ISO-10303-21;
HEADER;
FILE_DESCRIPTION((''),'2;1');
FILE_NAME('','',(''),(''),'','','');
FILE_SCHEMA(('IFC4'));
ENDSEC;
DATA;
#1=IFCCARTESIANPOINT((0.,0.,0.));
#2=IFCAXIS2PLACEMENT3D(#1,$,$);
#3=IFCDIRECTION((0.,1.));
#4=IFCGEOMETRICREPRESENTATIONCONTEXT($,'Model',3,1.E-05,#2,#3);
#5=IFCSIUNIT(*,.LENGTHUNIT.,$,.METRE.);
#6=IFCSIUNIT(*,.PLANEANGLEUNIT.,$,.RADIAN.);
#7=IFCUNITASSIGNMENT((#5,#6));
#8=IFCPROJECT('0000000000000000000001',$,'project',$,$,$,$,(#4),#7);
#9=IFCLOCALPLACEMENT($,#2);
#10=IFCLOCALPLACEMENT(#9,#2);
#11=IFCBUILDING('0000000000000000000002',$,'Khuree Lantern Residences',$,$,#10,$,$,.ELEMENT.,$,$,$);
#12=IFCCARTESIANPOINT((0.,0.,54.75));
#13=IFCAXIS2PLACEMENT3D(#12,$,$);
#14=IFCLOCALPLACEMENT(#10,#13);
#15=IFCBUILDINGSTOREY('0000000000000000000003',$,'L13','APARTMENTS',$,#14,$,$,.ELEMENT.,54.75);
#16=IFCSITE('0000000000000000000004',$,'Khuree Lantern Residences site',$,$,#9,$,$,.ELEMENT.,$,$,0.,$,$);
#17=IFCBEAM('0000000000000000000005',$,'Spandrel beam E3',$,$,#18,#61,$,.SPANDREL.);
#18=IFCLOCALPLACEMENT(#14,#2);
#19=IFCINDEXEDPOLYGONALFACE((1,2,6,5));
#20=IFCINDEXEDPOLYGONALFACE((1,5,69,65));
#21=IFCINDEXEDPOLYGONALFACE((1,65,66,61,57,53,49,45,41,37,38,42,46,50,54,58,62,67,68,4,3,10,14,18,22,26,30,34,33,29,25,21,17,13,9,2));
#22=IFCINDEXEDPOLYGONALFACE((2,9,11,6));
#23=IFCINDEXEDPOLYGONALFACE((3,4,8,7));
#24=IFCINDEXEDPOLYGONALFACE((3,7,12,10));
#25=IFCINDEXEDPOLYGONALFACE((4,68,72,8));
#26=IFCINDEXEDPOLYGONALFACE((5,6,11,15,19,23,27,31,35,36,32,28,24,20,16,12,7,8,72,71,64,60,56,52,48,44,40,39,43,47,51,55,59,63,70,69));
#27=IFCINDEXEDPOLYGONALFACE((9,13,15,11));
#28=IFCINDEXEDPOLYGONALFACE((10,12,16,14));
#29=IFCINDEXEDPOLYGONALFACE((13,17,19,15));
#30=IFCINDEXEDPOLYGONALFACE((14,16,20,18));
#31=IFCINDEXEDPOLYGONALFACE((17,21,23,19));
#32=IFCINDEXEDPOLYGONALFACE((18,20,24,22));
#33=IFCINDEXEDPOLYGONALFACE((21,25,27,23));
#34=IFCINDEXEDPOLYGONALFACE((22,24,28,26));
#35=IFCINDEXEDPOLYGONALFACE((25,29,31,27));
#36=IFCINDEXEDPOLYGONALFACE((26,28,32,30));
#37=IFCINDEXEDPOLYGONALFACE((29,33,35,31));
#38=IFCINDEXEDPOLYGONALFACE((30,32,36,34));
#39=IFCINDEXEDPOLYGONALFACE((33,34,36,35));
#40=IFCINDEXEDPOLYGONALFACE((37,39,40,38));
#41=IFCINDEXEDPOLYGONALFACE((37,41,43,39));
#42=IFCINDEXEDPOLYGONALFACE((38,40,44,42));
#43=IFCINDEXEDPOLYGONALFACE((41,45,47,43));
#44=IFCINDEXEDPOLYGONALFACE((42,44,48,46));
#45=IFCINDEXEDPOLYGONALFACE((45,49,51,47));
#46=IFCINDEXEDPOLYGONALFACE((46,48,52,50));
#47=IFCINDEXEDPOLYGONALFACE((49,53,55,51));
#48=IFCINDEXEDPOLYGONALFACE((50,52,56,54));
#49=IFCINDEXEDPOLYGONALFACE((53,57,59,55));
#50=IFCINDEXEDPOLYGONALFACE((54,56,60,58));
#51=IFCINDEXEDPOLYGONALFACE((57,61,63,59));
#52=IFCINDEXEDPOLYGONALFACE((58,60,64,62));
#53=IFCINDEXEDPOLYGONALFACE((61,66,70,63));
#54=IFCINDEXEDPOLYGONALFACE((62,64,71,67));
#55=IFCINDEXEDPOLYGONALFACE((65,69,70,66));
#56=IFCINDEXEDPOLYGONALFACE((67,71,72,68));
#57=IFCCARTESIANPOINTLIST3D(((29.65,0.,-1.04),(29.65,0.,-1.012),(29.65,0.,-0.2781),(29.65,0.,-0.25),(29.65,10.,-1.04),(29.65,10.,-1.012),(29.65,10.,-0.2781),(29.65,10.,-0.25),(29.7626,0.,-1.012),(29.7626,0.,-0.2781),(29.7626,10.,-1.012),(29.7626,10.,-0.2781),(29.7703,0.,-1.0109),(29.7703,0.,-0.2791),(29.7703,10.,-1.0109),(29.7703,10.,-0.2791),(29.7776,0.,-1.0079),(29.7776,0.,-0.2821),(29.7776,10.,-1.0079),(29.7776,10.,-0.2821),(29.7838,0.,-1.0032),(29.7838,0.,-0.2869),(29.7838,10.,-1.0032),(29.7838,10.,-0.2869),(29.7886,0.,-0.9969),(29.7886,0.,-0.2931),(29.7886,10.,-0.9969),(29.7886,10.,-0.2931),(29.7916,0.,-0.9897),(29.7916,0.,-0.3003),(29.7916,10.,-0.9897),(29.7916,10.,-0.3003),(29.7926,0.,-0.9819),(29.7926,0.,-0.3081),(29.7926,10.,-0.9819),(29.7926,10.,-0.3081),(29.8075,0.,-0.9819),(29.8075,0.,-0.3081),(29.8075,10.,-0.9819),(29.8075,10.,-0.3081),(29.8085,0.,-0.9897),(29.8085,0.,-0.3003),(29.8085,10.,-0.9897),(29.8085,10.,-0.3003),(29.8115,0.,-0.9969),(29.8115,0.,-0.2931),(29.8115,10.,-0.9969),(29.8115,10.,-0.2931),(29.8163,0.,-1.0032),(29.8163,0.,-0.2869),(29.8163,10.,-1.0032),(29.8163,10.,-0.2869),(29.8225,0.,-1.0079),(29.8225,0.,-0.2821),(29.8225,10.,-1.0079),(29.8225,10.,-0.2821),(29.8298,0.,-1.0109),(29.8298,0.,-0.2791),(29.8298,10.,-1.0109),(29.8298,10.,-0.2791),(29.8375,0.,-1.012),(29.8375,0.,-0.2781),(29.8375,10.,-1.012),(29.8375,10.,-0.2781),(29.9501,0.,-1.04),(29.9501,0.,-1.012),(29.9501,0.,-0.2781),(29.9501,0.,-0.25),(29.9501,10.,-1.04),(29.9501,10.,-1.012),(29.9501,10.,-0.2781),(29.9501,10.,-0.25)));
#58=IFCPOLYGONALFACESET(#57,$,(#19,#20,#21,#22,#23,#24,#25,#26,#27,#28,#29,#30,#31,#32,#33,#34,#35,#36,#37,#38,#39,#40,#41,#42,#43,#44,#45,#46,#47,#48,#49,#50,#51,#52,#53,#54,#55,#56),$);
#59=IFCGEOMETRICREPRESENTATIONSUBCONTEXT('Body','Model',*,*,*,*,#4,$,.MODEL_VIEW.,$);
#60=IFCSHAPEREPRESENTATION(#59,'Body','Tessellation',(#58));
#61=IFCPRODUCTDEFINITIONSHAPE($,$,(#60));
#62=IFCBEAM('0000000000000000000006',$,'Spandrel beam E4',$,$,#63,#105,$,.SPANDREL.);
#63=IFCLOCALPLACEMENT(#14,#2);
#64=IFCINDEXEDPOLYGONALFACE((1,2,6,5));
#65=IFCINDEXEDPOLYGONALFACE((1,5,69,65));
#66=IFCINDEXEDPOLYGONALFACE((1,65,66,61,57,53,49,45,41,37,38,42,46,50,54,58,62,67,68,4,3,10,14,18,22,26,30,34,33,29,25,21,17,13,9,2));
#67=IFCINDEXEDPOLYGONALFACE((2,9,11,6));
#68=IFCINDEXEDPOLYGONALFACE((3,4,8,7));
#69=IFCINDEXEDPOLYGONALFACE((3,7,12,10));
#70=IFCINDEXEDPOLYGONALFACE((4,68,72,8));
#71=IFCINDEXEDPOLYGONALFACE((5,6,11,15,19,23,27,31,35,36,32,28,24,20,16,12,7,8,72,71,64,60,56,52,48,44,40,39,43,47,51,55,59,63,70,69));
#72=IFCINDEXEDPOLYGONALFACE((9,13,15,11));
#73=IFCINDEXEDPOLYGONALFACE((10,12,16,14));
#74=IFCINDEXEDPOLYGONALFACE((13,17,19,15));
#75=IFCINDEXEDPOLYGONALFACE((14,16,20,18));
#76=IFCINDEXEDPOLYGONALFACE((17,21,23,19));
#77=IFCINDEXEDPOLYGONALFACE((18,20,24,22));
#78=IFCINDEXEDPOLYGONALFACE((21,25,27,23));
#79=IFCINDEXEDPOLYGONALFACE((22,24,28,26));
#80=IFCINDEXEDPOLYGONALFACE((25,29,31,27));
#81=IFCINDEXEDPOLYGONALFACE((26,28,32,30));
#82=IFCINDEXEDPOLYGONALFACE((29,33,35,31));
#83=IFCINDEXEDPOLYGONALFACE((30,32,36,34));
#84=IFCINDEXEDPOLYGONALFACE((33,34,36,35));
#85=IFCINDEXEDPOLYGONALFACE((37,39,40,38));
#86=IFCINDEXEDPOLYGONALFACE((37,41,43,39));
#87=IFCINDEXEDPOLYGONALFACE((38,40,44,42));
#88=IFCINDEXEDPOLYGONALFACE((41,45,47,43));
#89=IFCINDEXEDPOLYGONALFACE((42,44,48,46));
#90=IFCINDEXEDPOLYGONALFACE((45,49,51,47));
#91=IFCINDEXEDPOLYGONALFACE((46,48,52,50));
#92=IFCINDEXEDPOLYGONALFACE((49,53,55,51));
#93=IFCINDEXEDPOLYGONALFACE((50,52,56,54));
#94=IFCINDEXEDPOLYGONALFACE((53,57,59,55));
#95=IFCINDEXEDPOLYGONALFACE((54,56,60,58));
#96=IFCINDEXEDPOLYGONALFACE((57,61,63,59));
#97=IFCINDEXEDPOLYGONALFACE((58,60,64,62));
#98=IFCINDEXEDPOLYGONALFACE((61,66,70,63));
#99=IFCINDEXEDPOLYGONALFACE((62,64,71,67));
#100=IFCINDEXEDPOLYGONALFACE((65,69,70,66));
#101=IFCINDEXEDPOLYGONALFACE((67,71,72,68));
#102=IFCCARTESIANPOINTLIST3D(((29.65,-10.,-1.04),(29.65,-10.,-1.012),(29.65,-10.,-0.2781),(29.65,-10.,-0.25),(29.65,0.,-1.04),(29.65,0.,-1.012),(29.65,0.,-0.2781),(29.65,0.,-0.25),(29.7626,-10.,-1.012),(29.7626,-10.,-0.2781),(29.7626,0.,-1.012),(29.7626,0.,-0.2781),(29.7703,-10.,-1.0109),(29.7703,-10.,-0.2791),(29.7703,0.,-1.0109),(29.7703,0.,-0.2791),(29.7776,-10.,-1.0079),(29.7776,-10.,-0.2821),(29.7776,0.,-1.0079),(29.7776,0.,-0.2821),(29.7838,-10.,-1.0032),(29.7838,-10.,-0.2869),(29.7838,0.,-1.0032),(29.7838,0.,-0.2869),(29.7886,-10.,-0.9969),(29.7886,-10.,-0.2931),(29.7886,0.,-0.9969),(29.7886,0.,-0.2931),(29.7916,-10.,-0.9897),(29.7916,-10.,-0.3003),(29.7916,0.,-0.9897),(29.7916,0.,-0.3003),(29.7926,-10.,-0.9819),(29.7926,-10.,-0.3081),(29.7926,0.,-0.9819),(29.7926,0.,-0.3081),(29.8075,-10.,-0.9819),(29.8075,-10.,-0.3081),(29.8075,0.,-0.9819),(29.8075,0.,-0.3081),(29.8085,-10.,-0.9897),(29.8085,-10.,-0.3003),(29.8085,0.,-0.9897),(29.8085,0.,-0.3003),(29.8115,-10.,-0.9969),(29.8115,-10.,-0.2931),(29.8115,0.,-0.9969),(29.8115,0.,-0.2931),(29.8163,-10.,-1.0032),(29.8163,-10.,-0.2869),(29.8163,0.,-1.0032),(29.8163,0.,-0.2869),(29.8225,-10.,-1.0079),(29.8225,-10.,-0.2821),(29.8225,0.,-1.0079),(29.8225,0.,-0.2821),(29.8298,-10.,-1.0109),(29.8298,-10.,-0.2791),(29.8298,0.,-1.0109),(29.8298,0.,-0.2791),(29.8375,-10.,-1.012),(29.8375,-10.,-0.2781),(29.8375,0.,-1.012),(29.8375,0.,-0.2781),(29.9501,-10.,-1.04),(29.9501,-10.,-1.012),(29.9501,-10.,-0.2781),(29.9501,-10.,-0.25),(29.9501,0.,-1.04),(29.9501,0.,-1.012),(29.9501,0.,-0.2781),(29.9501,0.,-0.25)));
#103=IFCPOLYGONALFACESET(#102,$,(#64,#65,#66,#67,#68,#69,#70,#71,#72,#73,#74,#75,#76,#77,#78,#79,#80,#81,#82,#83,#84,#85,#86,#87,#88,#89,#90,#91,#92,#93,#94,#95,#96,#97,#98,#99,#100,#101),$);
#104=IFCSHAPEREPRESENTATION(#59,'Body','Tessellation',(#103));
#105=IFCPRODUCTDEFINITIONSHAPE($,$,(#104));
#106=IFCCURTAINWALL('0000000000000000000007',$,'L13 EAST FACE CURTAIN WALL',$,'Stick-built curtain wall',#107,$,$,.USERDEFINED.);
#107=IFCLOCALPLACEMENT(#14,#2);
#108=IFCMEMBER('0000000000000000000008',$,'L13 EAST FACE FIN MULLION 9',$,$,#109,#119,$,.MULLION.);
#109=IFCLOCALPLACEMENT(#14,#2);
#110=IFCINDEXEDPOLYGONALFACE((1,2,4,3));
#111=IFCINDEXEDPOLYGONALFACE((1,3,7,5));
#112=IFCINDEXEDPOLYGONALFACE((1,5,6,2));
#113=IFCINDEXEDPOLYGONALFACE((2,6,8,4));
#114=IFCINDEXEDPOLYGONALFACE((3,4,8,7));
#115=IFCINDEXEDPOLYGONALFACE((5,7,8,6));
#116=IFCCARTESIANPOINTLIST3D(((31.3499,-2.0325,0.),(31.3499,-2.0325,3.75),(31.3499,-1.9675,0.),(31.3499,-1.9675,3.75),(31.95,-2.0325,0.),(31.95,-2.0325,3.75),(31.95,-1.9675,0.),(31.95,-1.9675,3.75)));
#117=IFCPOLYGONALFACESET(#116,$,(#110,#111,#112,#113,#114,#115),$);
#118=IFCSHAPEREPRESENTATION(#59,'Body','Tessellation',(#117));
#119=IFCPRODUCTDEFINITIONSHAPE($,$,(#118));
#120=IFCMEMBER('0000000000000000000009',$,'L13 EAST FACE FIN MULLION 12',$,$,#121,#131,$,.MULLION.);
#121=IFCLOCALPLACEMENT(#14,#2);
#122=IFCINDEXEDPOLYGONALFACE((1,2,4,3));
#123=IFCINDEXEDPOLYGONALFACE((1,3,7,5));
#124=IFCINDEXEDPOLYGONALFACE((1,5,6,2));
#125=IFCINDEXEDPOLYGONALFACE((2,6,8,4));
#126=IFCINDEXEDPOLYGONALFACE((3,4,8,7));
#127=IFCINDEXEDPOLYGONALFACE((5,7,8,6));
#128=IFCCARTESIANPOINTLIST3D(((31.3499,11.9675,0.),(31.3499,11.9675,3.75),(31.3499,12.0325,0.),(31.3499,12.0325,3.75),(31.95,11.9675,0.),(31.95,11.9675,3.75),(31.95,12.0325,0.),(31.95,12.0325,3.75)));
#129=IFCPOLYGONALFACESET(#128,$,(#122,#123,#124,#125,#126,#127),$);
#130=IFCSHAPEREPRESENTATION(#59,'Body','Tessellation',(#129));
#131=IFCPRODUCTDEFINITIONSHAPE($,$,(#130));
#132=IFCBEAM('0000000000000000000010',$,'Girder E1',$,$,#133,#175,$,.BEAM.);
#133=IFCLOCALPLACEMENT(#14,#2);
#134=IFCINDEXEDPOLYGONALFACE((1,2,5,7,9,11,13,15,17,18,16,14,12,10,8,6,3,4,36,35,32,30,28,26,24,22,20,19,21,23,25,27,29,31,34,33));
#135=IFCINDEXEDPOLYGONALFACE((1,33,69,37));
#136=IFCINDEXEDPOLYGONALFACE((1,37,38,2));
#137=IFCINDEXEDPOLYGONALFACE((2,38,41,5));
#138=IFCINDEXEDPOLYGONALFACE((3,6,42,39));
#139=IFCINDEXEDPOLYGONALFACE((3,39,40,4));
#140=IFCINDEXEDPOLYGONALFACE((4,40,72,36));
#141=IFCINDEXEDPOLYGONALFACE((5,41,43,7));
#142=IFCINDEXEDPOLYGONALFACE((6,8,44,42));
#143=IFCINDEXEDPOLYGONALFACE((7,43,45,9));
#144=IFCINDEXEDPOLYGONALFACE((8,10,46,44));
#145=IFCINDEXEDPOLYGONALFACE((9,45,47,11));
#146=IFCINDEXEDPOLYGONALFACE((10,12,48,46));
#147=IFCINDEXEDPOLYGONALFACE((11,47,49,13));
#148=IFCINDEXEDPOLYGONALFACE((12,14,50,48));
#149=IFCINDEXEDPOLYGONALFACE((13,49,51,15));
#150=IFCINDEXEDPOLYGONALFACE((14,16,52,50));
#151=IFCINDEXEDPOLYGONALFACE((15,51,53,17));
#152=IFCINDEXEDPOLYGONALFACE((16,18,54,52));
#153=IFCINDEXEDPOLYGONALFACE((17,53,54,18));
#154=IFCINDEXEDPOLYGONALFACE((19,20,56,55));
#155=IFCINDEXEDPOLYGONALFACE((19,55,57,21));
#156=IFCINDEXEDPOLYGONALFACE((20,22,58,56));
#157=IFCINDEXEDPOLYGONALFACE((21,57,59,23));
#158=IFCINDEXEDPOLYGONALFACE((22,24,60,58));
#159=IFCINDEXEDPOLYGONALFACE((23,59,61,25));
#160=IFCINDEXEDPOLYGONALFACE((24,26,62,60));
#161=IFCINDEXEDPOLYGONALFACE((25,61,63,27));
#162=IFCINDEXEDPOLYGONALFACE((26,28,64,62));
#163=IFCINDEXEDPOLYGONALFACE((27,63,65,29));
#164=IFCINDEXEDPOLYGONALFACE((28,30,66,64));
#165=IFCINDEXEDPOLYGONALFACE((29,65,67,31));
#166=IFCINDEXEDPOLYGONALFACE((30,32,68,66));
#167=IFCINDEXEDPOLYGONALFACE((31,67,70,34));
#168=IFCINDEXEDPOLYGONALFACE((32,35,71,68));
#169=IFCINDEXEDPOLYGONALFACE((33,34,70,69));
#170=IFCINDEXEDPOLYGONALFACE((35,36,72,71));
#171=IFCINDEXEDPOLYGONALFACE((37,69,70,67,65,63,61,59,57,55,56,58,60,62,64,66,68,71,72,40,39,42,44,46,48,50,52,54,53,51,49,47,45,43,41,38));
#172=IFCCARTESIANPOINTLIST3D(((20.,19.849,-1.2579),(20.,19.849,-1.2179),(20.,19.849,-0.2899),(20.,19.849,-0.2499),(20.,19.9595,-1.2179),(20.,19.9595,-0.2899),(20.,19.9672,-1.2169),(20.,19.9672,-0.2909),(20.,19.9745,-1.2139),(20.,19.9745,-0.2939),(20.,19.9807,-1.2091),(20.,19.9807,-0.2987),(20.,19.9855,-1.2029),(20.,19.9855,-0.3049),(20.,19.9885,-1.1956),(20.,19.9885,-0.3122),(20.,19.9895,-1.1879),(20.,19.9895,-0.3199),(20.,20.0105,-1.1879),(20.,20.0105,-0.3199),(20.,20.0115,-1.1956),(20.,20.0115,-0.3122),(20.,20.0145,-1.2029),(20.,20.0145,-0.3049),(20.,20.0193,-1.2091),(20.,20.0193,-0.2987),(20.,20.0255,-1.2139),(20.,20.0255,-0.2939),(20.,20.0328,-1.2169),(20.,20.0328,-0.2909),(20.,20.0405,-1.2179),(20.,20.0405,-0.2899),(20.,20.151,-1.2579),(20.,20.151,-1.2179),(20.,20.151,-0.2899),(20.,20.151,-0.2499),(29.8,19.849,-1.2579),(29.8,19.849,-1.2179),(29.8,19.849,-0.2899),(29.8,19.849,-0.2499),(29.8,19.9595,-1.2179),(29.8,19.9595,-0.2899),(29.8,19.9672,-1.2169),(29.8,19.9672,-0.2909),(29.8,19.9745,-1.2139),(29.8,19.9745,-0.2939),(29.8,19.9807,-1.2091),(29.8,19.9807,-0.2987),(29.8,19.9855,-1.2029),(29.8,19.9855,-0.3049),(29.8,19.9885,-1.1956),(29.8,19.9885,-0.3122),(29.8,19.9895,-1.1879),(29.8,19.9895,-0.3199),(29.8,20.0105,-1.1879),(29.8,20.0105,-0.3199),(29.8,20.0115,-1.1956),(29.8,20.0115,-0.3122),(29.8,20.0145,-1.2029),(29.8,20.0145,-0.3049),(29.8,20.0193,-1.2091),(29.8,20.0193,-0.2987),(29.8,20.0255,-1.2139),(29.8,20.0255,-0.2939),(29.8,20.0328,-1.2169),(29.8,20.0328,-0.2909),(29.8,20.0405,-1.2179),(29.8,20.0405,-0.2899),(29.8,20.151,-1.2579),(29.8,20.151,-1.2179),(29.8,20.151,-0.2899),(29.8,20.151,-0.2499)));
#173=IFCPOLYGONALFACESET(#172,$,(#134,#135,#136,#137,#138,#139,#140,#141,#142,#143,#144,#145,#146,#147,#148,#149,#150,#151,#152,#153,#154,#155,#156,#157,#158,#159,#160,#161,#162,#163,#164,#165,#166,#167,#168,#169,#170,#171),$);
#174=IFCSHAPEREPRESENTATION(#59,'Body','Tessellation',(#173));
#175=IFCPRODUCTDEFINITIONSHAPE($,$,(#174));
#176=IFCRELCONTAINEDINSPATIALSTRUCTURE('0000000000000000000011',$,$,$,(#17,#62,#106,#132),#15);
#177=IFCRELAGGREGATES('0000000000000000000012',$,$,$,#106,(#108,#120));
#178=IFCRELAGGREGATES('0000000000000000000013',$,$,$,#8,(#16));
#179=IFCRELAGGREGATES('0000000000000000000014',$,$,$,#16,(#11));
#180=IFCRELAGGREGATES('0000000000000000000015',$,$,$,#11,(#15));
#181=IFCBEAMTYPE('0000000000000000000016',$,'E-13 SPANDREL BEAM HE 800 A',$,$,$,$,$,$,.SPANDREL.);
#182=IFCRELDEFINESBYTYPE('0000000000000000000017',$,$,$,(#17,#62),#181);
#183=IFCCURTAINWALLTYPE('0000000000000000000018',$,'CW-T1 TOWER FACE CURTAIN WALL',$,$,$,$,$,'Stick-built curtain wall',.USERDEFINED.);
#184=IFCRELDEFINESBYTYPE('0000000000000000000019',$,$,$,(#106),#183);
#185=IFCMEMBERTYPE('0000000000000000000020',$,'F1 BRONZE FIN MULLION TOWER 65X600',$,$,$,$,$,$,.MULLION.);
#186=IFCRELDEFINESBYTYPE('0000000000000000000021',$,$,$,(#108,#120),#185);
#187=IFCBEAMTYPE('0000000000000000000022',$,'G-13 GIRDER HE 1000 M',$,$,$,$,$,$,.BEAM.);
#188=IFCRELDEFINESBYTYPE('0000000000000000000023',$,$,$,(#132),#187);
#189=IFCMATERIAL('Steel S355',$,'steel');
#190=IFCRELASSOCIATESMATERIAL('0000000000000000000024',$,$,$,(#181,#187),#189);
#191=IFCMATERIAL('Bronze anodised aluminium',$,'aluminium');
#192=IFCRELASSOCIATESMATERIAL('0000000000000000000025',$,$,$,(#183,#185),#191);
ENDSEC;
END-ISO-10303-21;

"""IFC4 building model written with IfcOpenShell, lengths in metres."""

from ifc_helpers import new_model, si_unit, direction, frame, origin, origin_2d, place, context, subcontext, project, spatial, rectangle, i_section, extrude, material, material_profile, profile_set, type_object, element, aggregate, save


model = new_model("IFC4")

# Units and contexts
model_context = context("Model", 3, precision=1e-05, world=origin(), true_north=direction((0.0, 1.0)))
body_context = subcontext(model_context, "Body", "Model", "MODEL_VIEW")
ifc_project = project(units=[si_unit("LENGTHUNIT", "METRE"), si_unit("PLANEANGLEUNIT", "RADIAN")], contexts=[model_context])

# Site, building, storey
site_placement = place(None, origin())
site = spatial("IfcSite", under=ifc_project, at=site_placement, Name="Khuree Lantern Residences site", CompositionType="ELEMENT", RefElevation=0.0)
building_placement = place(site_placement, origin())
building = spatial("IfcBuilding", under=site, at=building_placement, Name="Khuree Lantern Residences", CompositionType="ELEMENT")
storey_placement = place(building_placement, frame((0.0, 0.0, 54.75)))
storey = spatial("IfcBuildingStorey", under=building, at=storey_placement, Name="L13", Description="APARTMENTS", CompositionType="ELEMENT", Elevation=54.75)

# Beams
ifc_material_1 = material(Name="Steel S355", Category="steel")
ifc_material_profile_1 = material_profile(ifc_material_1, i_section(OverallWidth=0.3, OverallDepth=0.79, WebThickness=0.0149, FlangeThickness=0.0281, FilletRadius=0.03, at=origin_2d()), Name="HE 800 A")
ifc_profile_set_1 = profile_set([ifc_material_profile_1], Name="Steel S355")
beam_type_1 = type_object("IfcBeamType", Name="E-13 SPANDREL BEAM HE 800 A", PredefinedType="SPANDREL", material=ifc_profile_set_1)
for number, where, z_axis, x_axis, name in (
    (1, (29.8, 10.0, -0.645), (0.0, -1.0, 0.0), (1.0, 0.0, 0.0), "Spandrel beam E3"),
    (2, (29.8, 0.0, -0.645), (0.0, -1.0, 0.0), (1.0, 0.0, 0.0), "Spandrel beam E4"),
):
    element("IfcBeam", number, at=place(storey_placement, frame(where, z_axis=z_axis, x_axis=x_axis)), inside=storey, type_object=beam_type_1, Name=name, PredefinedType="SPANDREL", context=body_context, shape_type="SweptSolid", body=[
        extrude(i_section(OverallWidth=0.3, OverallDepth=0.79, WebThickness=0.0149, FlangeThickness=0.0281, FilletRadius=0.03, at=origin_2d()), origin(), (0.0, 0.0, 1.0), 10.0),
    ])

# Curtain wall, members
ifc_material_2 = material(Name="Bronze anodised aluminium", Category="aluminium")
curtain_wall_type = type_object("IfcCurtainWallType", Name="CW-T1 TOWER FACE CURTAIN WALL", ElementType="Stick-built curtain wall", PredefinedType="USERDEFINED", material=ifc_material_2)
curtain_wall_placement = place(storey_placement, origin())
curtain_wall = element("IfcCurtainWall", 3, at=curtain_wall_placement, inside=storey, type_object=curtain_wall_type, Name="L13 EAST FACE CURTAIN WALL", ObjectType="Stick-built curtain wall", PredefinedType="USERDEFINED")
ifc_material_profile_2 = material_profile(ifc_material_2, rectangle(XDim=0.0649, YDim=0.6001, at=origin_2d()), Name="F1 65X600")
ifc_profile_set_2 = profile_set([ifc_material_profile_2], Name="Bronze anodised aluminium")
member_type_1 = type_object("IfcMemberType", Name="F1 BRONZE FIN MULLION TOWER 65X600", PredefinedType="MULLION", material=ifc_profile_set_2)
member_1_placement = place(storey_placement, frame((31.6499, -2.0, 0.0), z_axis=(0.0, 0.0, 1.0), x_axis=(0.0, 1.0, 0.0)))
member_1 = element("IfcMember", 4, at=member_1_placement, type_object=member_type_1, Name="L13 EAST FACE FIN MULLION 9", PredefinedType="MULLION", context=body_context, shape_type="SweptSolid", body=[
    extrude(rectangle(XDim=0.0649, YDim=0.6001, at=origin_2d()), origin(), (0.0, 0.0, 1.0), 3.75),
])
member_2_placement = place(storey_placement, frame((31.6499, 12.0, 0.0), z_axis=(0.0, 0.0, 1.0), x_axis=(0.0, 1.0, 0.0)))
member_2 = element("IfcMember", 5, at=member_2_placement, type_object=member_type_1, Name="L13 EAST FACE FIN MULLION 12", PredefinedType="MULLION", context=body_context, shape_type="SweptSolid", body=[
    extrude(rectangle(XDim=0.0649, YDim=0.6001, at=origin_2d()), origin(), (0.0, 0.0, 1.0), 3.75),
])

# Beam
ifc_material_profile_3 = material_profile(ifc_material_1, i_section(OverallWidth=0.302, OverallDepth=1.0081, WebThickness=0.021, FlangeThickness=0.04, FilletRadius=0.03, at=origin_2d()), Name="HE 1000 M")
ifc_profile_set_3 = profile_set([ifc_material_profile_3], Name="Steel S355")
beam_type_2 = type_object("IfcBeamType", Name="G-13 GIRDER HE 1000 M", PredefinedType="BEAM", material=ifc_profile_set_3)
beam_placement = place(storey_placement, frame((29.8, 20.0, -0.7539), z_axis=(-1.0, 0.0, 0.0), x_axis=(0.0, -1.0, 0.0)))
element("IfcBeam", 6, at=beam_placement, inside=storey, type_object=beam_type_2, Name="Girder E1", PredefinedType="BEAM", context=body_context, shape_type="SweptSolid", body=[
    extrude(i_section(OverallWidth=0.302, OverallDepth=1.0081, WebThickness=0.021, FlangeThickness=0.04, FilletRadius=0.03, at=origin_2d()), origin(), (0.0, 0.0, 1.0), 9.8),
])

aggregate(curtain_wall, [member_1, member_2])

save(model, "model.ifc")
